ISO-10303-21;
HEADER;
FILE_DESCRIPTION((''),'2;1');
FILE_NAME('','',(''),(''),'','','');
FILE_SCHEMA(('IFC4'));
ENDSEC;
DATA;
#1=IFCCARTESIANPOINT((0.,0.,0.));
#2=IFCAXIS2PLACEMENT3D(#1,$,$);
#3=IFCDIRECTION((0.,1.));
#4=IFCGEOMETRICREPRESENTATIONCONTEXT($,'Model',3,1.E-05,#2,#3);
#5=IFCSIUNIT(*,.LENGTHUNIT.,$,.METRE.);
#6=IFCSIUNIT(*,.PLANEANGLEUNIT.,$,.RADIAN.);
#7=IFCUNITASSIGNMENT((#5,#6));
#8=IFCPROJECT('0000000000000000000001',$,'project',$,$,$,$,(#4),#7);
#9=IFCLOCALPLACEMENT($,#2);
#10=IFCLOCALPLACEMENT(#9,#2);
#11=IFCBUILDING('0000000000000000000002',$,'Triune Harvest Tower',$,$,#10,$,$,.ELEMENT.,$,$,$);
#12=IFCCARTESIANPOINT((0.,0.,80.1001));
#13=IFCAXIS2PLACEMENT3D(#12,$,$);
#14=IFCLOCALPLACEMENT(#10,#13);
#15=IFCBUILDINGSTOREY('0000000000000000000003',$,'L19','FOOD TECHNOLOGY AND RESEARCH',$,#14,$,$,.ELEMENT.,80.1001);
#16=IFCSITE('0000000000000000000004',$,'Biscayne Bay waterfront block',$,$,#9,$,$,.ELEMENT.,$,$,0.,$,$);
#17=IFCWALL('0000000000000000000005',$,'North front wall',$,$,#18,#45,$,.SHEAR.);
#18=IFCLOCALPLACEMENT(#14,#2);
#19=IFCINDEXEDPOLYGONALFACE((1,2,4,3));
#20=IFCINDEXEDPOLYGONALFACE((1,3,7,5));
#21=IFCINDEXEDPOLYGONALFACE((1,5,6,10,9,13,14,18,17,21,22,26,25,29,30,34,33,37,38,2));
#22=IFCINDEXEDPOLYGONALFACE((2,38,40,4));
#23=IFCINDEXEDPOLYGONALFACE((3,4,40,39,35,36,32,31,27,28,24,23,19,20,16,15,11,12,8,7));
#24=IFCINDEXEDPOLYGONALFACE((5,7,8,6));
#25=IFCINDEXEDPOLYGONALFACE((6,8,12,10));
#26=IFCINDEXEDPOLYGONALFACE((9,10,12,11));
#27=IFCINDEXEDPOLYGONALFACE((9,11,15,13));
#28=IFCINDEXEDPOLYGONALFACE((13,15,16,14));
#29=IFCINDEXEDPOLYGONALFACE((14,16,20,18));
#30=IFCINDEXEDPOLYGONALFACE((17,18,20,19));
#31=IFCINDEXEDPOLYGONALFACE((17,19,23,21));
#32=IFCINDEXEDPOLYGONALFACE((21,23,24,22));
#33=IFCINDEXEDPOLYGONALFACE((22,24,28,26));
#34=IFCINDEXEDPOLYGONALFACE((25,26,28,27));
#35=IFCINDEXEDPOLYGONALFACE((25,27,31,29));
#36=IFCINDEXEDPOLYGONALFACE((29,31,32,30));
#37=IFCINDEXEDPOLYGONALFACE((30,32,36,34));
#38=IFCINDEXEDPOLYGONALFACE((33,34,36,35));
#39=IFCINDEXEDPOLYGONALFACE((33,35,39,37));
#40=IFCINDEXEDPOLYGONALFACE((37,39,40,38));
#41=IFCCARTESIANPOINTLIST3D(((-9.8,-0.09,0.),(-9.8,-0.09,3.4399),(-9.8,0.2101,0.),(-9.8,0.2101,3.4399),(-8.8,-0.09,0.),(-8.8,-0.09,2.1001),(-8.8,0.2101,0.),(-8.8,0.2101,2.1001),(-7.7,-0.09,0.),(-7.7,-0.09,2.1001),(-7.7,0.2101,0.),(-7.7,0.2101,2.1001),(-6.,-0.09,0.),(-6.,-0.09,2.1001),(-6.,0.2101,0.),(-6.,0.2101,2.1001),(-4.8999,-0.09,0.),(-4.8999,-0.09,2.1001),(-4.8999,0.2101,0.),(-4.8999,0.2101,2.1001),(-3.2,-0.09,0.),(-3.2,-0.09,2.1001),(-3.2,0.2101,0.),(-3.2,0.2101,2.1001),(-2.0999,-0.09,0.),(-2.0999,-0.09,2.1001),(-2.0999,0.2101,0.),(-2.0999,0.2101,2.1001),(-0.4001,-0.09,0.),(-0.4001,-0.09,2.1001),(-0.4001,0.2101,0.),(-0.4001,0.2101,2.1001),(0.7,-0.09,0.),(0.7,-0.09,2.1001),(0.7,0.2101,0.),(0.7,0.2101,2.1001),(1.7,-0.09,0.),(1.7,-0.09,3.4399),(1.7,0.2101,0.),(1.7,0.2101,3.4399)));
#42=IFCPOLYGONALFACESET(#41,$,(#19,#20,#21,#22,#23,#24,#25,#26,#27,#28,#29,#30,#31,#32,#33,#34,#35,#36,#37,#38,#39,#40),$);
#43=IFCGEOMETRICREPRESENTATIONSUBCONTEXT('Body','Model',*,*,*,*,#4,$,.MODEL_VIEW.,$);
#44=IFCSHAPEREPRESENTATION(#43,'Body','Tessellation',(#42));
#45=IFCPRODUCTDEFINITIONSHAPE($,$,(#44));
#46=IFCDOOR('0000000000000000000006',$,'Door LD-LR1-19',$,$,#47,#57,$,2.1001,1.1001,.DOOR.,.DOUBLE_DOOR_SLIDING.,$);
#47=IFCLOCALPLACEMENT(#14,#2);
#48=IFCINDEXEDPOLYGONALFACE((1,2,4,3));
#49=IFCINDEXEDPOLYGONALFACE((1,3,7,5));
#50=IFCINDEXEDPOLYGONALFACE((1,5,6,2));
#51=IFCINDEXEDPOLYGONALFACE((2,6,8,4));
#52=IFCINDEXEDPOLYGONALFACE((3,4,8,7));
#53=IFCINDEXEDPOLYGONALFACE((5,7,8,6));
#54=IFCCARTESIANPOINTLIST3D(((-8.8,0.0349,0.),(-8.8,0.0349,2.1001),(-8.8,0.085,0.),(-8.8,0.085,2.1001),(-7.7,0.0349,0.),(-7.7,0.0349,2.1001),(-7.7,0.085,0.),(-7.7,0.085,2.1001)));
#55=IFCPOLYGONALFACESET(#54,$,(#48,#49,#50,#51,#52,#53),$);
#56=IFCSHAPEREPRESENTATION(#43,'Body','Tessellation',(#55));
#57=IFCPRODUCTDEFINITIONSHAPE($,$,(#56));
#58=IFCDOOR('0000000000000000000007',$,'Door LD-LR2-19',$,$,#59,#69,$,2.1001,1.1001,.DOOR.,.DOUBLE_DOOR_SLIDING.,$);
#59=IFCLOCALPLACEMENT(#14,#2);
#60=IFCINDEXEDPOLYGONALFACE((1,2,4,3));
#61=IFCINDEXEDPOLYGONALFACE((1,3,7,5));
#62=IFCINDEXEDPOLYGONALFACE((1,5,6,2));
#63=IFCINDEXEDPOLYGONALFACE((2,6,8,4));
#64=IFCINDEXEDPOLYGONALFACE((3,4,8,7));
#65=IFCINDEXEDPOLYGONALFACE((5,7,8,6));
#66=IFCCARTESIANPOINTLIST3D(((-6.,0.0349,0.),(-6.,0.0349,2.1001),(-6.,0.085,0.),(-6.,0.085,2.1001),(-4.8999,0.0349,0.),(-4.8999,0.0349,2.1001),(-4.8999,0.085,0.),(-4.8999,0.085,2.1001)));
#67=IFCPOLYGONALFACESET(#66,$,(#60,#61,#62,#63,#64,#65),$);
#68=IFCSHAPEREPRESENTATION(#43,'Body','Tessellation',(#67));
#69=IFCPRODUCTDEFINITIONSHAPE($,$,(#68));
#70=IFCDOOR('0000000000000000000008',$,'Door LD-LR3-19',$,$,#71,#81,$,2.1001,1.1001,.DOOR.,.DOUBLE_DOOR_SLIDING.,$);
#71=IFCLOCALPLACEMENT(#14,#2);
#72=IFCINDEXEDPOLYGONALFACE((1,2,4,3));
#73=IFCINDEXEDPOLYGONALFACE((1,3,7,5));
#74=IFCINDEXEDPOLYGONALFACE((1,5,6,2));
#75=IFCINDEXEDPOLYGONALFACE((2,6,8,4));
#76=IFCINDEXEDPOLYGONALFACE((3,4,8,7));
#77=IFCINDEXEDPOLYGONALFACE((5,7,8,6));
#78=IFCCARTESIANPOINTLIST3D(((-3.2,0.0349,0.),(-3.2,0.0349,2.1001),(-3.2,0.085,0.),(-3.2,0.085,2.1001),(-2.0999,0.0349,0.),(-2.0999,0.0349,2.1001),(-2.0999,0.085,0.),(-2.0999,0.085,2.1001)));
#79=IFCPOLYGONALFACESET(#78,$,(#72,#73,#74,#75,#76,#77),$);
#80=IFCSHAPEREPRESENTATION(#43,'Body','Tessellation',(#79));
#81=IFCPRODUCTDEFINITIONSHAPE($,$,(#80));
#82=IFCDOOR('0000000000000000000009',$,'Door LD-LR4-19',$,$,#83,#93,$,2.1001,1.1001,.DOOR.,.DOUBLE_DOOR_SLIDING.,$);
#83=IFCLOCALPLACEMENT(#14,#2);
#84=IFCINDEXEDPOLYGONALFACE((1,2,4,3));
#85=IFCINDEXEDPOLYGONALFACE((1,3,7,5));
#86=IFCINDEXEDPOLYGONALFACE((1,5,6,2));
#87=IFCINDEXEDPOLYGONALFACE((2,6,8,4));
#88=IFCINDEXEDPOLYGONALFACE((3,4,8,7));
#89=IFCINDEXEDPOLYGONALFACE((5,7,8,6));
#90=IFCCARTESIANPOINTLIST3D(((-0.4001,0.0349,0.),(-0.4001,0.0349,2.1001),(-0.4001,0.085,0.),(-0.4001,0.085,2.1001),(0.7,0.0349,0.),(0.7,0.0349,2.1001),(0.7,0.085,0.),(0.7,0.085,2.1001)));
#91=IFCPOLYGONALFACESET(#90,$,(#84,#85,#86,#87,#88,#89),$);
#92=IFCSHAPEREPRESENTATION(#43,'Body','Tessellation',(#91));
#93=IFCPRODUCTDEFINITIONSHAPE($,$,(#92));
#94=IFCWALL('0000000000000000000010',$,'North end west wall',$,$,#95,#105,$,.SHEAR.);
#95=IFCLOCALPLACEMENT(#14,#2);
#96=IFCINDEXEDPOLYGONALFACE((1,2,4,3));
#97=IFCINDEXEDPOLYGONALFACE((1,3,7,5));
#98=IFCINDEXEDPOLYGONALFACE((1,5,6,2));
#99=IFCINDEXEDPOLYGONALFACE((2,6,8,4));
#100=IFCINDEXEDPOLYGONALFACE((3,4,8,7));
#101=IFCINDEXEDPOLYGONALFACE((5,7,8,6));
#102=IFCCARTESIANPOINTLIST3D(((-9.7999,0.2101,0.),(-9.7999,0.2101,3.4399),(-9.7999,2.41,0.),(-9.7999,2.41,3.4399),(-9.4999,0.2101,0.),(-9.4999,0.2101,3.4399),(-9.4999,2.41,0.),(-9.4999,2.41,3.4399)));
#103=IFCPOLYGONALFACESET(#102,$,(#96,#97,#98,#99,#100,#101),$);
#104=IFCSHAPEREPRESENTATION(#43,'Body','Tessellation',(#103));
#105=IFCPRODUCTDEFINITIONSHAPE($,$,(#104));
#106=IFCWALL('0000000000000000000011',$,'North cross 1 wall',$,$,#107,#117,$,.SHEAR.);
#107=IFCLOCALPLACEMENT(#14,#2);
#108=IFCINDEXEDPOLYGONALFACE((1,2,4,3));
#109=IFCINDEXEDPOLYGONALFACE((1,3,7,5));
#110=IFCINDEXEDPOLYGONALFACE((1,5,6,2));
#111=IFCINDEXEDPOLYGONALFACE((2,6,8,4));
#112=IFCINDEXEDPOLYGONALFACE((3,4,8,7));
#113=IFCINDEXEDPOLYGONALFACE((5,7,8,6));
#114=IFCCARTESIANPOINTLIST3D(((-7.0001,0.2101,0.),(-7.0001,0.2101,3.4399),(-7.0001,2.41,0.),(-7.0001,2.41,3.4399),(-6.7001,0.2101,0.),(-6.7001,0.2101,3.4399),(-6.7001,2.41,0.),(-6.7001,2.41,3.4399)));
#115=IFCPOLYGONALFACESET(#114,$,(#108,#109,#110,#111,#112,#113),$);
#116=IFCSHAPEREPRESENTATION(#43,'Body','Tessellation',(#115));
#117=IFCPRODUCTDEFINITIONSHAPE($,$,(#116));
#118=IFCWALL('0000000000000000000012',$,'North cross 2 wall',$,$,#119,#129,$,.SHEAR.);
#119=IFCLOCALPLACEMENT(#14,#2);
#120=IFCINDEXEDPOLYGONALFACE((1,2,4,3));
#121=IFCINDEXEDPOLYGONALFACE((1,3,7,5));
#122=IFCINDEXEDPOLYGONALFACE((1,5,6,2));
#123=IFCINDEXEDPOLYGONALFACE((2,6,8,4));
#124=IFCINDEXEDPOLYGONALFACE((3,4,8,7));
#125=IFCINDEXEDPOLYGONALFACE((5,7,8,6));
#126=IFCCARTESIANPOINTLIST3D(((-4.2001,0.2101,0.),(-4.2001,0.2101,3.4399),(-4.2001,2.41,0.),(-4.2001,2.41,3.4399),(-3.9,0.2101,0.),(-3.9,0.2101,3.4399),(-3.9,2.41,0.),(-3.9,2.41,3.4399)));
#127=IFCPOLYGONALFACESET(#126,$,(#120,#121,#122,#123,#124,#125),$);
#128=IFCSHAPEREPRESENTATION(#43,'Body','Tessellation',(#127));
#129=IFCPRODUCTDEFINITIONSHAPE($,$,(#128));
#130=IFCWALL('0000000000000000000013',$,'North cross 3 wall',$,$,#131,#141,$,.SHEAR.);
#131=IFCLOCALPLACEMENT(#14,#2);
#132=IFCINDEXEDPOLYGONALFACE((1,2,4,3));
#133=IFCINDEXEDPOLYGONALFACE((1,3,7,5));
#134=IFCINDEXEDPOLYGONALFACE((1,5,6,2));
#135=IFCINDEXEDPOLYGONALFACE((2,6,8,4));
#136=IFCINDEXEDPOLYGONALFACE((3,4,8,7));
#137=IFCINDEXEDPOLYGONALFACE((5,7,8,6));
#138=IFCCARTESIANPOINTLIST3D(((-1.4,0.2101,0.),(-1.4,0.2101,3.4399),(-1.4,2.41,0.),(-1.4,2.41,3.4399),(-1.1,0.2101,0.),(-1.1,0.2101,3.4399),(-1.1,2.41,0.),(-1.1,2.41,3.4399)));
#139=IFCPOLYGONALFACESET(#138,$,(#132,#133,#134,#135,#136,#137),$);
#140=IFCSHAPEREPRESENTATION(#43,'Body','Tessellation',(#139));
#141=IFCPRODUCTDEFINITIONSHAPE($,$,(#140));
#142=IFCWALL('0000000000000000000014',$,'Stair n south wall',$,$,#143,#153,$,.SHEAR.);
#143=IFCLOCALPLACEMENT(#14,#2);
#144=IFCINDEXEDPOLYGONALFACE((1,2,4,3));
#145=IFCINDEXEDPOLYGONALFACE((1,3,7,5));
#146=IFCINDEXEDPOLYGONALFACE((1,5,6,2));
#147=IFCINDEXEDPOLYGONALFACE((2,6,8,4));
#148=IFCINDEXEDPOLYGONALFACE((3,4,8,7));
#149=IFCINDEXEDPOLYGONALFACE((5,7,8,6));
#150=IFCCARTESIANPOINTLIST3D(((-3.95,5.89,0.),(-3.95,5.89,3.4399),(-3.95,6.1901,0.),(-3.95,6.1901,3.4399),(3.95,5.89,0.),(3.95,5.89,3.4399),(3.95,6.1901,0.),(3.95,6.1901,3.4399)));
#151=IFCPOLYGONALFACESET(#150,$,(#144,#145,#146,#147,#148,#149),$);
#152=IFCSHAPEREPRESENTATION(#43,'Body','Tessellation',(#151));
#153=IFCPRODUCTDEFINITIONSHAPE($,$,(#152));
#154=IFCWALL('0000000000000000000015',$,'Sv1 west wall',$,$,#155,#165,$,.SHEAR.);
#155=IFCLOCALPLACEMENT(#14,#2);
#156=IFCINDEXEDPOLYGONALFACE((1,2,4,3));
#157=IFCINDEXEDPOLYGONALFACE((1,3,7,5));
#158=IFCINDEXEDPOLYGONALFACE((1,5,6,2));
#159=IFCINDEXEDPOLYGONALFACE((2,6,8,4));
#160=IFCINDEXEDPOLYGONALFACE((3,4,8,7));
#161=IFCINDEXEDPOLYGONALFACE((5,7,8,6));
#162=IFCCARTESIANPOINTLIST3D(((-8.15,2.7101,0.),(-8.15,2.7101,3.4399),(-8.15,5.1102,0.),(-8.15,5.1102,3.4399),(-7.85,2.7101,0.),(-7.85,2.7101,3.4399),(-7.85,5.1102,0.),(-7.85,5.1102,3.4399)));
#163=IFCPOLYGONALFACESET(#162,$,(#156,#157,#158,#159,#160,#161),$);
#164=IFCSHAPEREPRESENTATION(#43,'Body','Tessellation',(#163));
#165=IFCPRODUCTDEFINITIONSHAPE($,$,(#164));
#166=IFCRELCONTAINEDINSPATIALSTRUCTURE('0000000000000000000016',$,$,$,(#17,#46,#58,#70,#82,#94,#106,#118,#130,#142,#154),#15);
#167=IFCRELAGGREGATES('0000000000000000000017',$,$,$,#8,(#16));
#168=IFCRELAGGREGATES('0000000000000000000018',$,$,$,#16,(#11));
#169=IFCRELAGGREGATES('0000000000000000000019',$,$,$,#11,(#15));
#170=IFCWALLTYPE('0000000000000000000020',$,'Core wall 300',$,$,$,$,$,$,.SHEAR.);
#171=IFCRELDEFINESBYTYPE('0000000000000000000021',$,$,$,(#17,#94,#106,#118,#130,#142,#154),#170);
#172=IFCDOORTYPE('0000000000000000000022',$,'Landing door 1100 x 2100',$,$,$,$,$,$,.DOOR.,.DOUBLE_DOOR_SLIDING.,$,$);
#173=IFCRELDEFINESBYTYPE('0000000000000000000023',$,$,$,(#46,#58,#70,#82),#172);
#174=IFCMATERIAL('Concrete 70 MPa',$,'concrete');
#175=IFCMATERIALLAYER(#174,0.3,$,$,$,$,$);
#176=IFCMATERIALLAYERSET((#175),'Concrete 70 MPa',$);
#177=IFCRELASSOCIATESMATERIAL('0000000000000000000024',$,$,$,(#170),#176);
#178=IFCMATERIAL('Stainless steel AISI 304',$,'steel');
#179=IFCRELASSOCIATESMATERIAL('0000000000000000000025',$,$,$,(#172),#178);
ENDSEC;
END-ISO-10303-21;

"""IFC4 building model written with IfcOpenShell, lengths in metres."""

from ifc_helpers import new_model, si_unit, direction, frame, frame_2d, origin, place, context, subcontext, project, spatial, rectangle, extrude, source, transform, mapped, material, layer, layer_set, type_object, element, fill, save


model = new_model("IFC4")

# Units and contexts
model_context = context("Model", 3, precision=1e-05, world=origin(), true_north=direction((0.0, 1.0)))
body_context = subcontext(model_context, "Body", "Model", "MODEL_VIEW")
ifc_project = project(units=[si_unit("LENGTHUNIT", "METRE"), si_unit("PLANEANGLEUNIT", "RADIAN")], contexts=[model_context])

# Site, building, storey
site_placement = place(None, origin())
site = spatial("IfcSite", under=ifc_project, at=site_placement, Name="Biscayne Bay waterfront block", CompositionType="ELEMENT", RefElevation=0.0)
building_placement = place(site_placement, origin())
building = spatial("IfcBuilding", under=site, at=building_placement, Name="Triune Harvest Tower", CompositionType="ELEMENT")
storey_placement = place(building_placement, frame((0.0, 0.0, 80.1001)))
storey = spatial("IfcBuildingStorey", under=building, at=storey_placement, Name="L19", Description="FOOD TECHNOLOGY AND RESEARCH", CompositionType="ELEMENT", Elevation=80.1001)

# Wall, openings, doors
ifc_material_1 = material(Name="Concrete 70 MPa", Category="concrete")
ifc_layer_1 = layer(ifc_material_1, 0.3)
ifc_layer_set_1 = layer_set([ifc_layer_1], Name="Concrete 70 MPa")
wall_type_1 = type_object("IfcWallType", Name="Core wall 300", PredefinedType="SHEAR", material=ifc_layer_set_1)
shared_shape_1 = source(origin(), body_context, "Body", "SweptSolid", [
    extrude(rectangle(XDim=11.5, YDim=0.3, at=frame_2d((5.75, 0.0))), origin(), (0.0, 0.0, 1.0), 3.4399),
])
wall_1_placement = place(storey_placement, frame((-9.8, 0.0601, 0.0), z_axis=(0.0, 0.0, 1.0), x_axis=(1.0, 0.0, 0.0)))
wall_1 = element("IfcWall", 1, at=wall_1_placement, inside=storey, type_object=wall_type_1, Name="North front wall", PredefinedType="SHEAR", context=body_context, shape_type="MappedRepresentation", body=[
    mapped(shared_shape_1, transform((0.0, 0.0, 0.0), scale=1.0)),
])
opening_1_placement = place(wall_1_placement, frame((1.0, 0.0, 0.0)))
opening_1 = element("IfcOpeningElement", 2, at=opening_1_placement, cuts=wall_1, PredefinedType="OPENING", context=body_context, shape_type="SweptSolid", body=[
    extrude(rectangle(XDim=1.1001, YDim=2.1001, at=frame_2d((0.55, 1.05))), frame((0.0, 0.1602, 0.0), z_axis=(0.0, -1.0, 0.0), x_axis=(1.0, 0.0, 0.0)), (0.0, 0.0, 1.0), 0.3201),
])
opening_2_placement = place(wall_1_placement, frame((3.8, 0.0, 0.0)))
opening_2 = element("IfcOpeningElement", 3, at=opening_2_placement, cuts=wall_1, PredefinedType="OPENING", context=body_context, shape_type="SweptSolid", body=[
    extrude(rectangle(XDim=1.1001, YDim=2.1001, at=frame_2d((0.55, 1.05))), frame((0.0, 0.1602, 0.0), z_axis=(0.0, -1.0, 0.0), x_axis=(1.0, 0.0, 0.0)), (0.0, 0.0, 1.0), 0.3201),
])
opening_3_placement = place(wall_1_placement, frame((6.6001, 0.0, 0.0)))
opening_3 = element("IfcOpeningElement", 4, at=opening_3_placement, cuts=wall_1, PredefinedType="OPENING", context=body_context, shape_type="SweptSolid", body=[
    extrude(rectangle(XDim=1.1001, YDim=2.1001, at=frame_2d((0.55, 1.05))), frame((0.0, 0.1602, 0.0), z_axis=(0.0, -1.0, 0.0), x_axis=(1.0, 0.0, 0.0)), (0.0, 0.0, 1.0), 0.3201),
])
opening_4_placement = place(wall_1_placement, frame((9.3999, 0.0, 0.0)))
opening_4 = element("IfcOpeningElement", 5, at=opening_4_placement, cuts=wall_1, PredefinedType="OPENING", context=body_context, shape_type="SweptSolid", body=[
    extrude(rectangle(XDim=1.1001, YDim=2.1001, at=frame_2d((0.55, 1.05))), frame((0.0, 0.1602, 0.0), z_axis=(0.0, -1.0, 0.0), x_axis=(1.0, 0.0, 0.0)), (0.0, 0.0, 1.0), 0.3201),
])
ifc_material_2 = material(Name="Stainless steel AISI 304", Category="steel")
door_type_1 = type_object("IfcDoorType", Name="Landing door 1100 x 2100", OperationType="DOUBLE_DOOR_SLIDING", PredefinedType="DOOR", material=ifc_material_2)
door_1_placement = place(opening_1_placement, origin())
door_1 = element("IfcDoor", 6, at=door_1_placement, inside=storey, type_object=door_type_1, Name="Door LD-LR1-19", OperationType="DOUBLE_DOOR_SLIDING", OverallHeight=2.1001, OverallWidth=1.1001, PredefinedType="DOOR", context=body_context, shape_type="SweptSolid", body=[
    extrude(rectangle(XDim=1.1001, YDim=2.1001, at=frame_2d((0.55, 1.05))), frame((0.0, 0.0249, 0.0), z_axis=(0.0, -1.0, 0.0), x_axis=(1.0, 0.0, 0.0)), (0.0, 0.0, 1.0), 0.05),
])
fill(opening_1, door_1)
door_2_placement = place(opening_2_placement, origin())
door_2 = element("IfcDoor", 7, at=door_2_placement, inside=storey, type_object=door_type_1, Name="Door LD-LR2-19", OperationType="DOUBLE_DOOR_SLIDING", OverallHeight=2.1001, OverallWidth=1.1001, PredefinedType="DOOR", context=body_context, shape_type="SweptSolid", body=[
    extrude(rectangle(XDim=1.1001, YDim=2.1001, at=frame_2d((0.55, 1.05))), frame((0.0, 0.0249, 0.0), z_axis=(0.0, -1.0, 0.0), x_axis=(1.0, 0.0, 0.0)), (0.0, 0.0, 1.0), 0.05),
])
fill(opening_2, door_2)
door_3_placement = place(opening_3_placement, origin())
door_3 = element("IfcDoor", 8, at=door_3_placement, inside=storey, type_object=door_type_1, Name="Door LD-LR3-19", OperationType="DOUBLE_DOOR_SLIDING", OverallHeight=2.1001, OverallWidth=1.1001, PredefinedType="DOOR", context=body_context, shape_type="SweptSolid", body=[
    extrude(rectangle(XDim=1.1001, YDim=2.1001, at=frame_2d((0.55, 1.05))), frame((0.0, 0.0249, 0.0), z_axis=(0.0, -1.0, 0.0), x_axis=(1.0, 0.0, 0.0)), (0.0, 0.0, 1.0), 0.05),
])
fill(opening_3, door_3)
door_4_placement = place(opening_4_placement, origin())
door_4 = element("IfcDoor", 9, at=door_4_placement, inside=storey, type_object=door_type_1, Name="Door LD-LR4-19", OperationType="DOUBLE_DOOR_SLIDING", OverallHeight=2.1001, OverallWidth=1.1001, PredefinedType="DOOR", context=body_context, shape_type="SweptSolid", body=[
    extrude(rectangle(XDim=1.1001, YDim=2.1001, at=frame_2d((0.55, 1.05))), frame((0.0, 0.0249, 0.0), z_axis=(0.0, -1.0, 0.0), x_axis=(1.0, 0.0, 0.0)), (0.0, 0.0, 1.0), 0.05),
])
fill(opening_4, door_4)

# Walls
shared_shape_2 = source(origin(), body_context, "Body", "SweptSolid", [
    extrude(rectangle(XDim=2.2, YDim=0.3, at=frame_2d((1.1001, 0.0))), origin(), (0.0, 0.0, 1.0), 3.4399),
])
for number, where, z_axis, x_axis, name in (
    (10, (-9.6499, 0.21, 0.0), (0.0, 0.0, 1.0), (0.0, 1.0, 0.0), "North end west wall"),
    (11, (-6.8501, 0.21, 0.0), (0.0, 0.0, 1.0), (0.0, 1.0, 0.0), "North cross 1 wall"),
    (12, (-4.05, 0.21, 0.0), (0.0, 0.0, 1.0), (0.0, 1.0, 0.0), "North cross 2 wall"),
    (13, (-1.25, 0.21, 0.0), (0.0, 0.0, 1.0), (0.0, 1.0, 0.0), "North cross 3 wall"),
):
    element("IfcWall", number, at=place(storey_placement, frame(where, z_axis=z_axis, x_axis=x_axis)), inside=storey, type_object=wall_type_1, Name=name, PredefinedType="SHEAR", context=body_context, shape_type="MappedRepresentation", body=[
        mapped(shared_shape_2, transform((0.0, 0.0, 0.0), scale=1.0)),
    ])
shared_shape_3 = source(origin(), body_context, "Body", "SweptSolid", [
    extrude(rectangle(XDim=7.8999, YDim=0.3, at=frame_2d((3.95, 0.0))), origin(), (0.0, 0.0, 1.0), 3.4399),
])
wall_2_placement = place(storey_placement, frame((-3.95, 6.04, 0.0), z_axis=(0.0, 0.0, 1.0), x_axis=(1.0, 0.0, 0.0)))
element("IfcWall", 14, at=wall_2_placement, inside=storey, type_object=wall_type_1, Name="Stair n south wall", PredefinedType="SHEAR", context=body_context, shape_type="MappedRepresentation", body=[
    mapped(shared_shape_3, transform((0.0, 0.0, 0.0), scale=1.0)),
])
shared_shape_4 = source(origin(), body_context, "Body", "SweptSolid", [
    extrude(rectangle(XDim=2.4001, YDim=0.3, at=frame_2d((1.2002, 0.0))), origin(), (0.0, 0.0, 1.0), 3.4399),
])
wall_3_placement = place(storey_placement, frame((-8.0, 2.71, 0.0), z_axis=(0.0, 0.0, 1.0), x_axis=(0.0, 1.0, 0.0)))
element("IfcWall", 15, at=wall_3_placement, inside=storey, type_object=wall_type_1, Name="Sv1 west wall", PredefinedType="SHEAR", context=body_context, shape_type="MappedRepresentation", body=[
    mapped(shared_shape_4, transform((0.0, 0.0, 0.0), scale=1.0)),
])

save(model, "model.ifc")
